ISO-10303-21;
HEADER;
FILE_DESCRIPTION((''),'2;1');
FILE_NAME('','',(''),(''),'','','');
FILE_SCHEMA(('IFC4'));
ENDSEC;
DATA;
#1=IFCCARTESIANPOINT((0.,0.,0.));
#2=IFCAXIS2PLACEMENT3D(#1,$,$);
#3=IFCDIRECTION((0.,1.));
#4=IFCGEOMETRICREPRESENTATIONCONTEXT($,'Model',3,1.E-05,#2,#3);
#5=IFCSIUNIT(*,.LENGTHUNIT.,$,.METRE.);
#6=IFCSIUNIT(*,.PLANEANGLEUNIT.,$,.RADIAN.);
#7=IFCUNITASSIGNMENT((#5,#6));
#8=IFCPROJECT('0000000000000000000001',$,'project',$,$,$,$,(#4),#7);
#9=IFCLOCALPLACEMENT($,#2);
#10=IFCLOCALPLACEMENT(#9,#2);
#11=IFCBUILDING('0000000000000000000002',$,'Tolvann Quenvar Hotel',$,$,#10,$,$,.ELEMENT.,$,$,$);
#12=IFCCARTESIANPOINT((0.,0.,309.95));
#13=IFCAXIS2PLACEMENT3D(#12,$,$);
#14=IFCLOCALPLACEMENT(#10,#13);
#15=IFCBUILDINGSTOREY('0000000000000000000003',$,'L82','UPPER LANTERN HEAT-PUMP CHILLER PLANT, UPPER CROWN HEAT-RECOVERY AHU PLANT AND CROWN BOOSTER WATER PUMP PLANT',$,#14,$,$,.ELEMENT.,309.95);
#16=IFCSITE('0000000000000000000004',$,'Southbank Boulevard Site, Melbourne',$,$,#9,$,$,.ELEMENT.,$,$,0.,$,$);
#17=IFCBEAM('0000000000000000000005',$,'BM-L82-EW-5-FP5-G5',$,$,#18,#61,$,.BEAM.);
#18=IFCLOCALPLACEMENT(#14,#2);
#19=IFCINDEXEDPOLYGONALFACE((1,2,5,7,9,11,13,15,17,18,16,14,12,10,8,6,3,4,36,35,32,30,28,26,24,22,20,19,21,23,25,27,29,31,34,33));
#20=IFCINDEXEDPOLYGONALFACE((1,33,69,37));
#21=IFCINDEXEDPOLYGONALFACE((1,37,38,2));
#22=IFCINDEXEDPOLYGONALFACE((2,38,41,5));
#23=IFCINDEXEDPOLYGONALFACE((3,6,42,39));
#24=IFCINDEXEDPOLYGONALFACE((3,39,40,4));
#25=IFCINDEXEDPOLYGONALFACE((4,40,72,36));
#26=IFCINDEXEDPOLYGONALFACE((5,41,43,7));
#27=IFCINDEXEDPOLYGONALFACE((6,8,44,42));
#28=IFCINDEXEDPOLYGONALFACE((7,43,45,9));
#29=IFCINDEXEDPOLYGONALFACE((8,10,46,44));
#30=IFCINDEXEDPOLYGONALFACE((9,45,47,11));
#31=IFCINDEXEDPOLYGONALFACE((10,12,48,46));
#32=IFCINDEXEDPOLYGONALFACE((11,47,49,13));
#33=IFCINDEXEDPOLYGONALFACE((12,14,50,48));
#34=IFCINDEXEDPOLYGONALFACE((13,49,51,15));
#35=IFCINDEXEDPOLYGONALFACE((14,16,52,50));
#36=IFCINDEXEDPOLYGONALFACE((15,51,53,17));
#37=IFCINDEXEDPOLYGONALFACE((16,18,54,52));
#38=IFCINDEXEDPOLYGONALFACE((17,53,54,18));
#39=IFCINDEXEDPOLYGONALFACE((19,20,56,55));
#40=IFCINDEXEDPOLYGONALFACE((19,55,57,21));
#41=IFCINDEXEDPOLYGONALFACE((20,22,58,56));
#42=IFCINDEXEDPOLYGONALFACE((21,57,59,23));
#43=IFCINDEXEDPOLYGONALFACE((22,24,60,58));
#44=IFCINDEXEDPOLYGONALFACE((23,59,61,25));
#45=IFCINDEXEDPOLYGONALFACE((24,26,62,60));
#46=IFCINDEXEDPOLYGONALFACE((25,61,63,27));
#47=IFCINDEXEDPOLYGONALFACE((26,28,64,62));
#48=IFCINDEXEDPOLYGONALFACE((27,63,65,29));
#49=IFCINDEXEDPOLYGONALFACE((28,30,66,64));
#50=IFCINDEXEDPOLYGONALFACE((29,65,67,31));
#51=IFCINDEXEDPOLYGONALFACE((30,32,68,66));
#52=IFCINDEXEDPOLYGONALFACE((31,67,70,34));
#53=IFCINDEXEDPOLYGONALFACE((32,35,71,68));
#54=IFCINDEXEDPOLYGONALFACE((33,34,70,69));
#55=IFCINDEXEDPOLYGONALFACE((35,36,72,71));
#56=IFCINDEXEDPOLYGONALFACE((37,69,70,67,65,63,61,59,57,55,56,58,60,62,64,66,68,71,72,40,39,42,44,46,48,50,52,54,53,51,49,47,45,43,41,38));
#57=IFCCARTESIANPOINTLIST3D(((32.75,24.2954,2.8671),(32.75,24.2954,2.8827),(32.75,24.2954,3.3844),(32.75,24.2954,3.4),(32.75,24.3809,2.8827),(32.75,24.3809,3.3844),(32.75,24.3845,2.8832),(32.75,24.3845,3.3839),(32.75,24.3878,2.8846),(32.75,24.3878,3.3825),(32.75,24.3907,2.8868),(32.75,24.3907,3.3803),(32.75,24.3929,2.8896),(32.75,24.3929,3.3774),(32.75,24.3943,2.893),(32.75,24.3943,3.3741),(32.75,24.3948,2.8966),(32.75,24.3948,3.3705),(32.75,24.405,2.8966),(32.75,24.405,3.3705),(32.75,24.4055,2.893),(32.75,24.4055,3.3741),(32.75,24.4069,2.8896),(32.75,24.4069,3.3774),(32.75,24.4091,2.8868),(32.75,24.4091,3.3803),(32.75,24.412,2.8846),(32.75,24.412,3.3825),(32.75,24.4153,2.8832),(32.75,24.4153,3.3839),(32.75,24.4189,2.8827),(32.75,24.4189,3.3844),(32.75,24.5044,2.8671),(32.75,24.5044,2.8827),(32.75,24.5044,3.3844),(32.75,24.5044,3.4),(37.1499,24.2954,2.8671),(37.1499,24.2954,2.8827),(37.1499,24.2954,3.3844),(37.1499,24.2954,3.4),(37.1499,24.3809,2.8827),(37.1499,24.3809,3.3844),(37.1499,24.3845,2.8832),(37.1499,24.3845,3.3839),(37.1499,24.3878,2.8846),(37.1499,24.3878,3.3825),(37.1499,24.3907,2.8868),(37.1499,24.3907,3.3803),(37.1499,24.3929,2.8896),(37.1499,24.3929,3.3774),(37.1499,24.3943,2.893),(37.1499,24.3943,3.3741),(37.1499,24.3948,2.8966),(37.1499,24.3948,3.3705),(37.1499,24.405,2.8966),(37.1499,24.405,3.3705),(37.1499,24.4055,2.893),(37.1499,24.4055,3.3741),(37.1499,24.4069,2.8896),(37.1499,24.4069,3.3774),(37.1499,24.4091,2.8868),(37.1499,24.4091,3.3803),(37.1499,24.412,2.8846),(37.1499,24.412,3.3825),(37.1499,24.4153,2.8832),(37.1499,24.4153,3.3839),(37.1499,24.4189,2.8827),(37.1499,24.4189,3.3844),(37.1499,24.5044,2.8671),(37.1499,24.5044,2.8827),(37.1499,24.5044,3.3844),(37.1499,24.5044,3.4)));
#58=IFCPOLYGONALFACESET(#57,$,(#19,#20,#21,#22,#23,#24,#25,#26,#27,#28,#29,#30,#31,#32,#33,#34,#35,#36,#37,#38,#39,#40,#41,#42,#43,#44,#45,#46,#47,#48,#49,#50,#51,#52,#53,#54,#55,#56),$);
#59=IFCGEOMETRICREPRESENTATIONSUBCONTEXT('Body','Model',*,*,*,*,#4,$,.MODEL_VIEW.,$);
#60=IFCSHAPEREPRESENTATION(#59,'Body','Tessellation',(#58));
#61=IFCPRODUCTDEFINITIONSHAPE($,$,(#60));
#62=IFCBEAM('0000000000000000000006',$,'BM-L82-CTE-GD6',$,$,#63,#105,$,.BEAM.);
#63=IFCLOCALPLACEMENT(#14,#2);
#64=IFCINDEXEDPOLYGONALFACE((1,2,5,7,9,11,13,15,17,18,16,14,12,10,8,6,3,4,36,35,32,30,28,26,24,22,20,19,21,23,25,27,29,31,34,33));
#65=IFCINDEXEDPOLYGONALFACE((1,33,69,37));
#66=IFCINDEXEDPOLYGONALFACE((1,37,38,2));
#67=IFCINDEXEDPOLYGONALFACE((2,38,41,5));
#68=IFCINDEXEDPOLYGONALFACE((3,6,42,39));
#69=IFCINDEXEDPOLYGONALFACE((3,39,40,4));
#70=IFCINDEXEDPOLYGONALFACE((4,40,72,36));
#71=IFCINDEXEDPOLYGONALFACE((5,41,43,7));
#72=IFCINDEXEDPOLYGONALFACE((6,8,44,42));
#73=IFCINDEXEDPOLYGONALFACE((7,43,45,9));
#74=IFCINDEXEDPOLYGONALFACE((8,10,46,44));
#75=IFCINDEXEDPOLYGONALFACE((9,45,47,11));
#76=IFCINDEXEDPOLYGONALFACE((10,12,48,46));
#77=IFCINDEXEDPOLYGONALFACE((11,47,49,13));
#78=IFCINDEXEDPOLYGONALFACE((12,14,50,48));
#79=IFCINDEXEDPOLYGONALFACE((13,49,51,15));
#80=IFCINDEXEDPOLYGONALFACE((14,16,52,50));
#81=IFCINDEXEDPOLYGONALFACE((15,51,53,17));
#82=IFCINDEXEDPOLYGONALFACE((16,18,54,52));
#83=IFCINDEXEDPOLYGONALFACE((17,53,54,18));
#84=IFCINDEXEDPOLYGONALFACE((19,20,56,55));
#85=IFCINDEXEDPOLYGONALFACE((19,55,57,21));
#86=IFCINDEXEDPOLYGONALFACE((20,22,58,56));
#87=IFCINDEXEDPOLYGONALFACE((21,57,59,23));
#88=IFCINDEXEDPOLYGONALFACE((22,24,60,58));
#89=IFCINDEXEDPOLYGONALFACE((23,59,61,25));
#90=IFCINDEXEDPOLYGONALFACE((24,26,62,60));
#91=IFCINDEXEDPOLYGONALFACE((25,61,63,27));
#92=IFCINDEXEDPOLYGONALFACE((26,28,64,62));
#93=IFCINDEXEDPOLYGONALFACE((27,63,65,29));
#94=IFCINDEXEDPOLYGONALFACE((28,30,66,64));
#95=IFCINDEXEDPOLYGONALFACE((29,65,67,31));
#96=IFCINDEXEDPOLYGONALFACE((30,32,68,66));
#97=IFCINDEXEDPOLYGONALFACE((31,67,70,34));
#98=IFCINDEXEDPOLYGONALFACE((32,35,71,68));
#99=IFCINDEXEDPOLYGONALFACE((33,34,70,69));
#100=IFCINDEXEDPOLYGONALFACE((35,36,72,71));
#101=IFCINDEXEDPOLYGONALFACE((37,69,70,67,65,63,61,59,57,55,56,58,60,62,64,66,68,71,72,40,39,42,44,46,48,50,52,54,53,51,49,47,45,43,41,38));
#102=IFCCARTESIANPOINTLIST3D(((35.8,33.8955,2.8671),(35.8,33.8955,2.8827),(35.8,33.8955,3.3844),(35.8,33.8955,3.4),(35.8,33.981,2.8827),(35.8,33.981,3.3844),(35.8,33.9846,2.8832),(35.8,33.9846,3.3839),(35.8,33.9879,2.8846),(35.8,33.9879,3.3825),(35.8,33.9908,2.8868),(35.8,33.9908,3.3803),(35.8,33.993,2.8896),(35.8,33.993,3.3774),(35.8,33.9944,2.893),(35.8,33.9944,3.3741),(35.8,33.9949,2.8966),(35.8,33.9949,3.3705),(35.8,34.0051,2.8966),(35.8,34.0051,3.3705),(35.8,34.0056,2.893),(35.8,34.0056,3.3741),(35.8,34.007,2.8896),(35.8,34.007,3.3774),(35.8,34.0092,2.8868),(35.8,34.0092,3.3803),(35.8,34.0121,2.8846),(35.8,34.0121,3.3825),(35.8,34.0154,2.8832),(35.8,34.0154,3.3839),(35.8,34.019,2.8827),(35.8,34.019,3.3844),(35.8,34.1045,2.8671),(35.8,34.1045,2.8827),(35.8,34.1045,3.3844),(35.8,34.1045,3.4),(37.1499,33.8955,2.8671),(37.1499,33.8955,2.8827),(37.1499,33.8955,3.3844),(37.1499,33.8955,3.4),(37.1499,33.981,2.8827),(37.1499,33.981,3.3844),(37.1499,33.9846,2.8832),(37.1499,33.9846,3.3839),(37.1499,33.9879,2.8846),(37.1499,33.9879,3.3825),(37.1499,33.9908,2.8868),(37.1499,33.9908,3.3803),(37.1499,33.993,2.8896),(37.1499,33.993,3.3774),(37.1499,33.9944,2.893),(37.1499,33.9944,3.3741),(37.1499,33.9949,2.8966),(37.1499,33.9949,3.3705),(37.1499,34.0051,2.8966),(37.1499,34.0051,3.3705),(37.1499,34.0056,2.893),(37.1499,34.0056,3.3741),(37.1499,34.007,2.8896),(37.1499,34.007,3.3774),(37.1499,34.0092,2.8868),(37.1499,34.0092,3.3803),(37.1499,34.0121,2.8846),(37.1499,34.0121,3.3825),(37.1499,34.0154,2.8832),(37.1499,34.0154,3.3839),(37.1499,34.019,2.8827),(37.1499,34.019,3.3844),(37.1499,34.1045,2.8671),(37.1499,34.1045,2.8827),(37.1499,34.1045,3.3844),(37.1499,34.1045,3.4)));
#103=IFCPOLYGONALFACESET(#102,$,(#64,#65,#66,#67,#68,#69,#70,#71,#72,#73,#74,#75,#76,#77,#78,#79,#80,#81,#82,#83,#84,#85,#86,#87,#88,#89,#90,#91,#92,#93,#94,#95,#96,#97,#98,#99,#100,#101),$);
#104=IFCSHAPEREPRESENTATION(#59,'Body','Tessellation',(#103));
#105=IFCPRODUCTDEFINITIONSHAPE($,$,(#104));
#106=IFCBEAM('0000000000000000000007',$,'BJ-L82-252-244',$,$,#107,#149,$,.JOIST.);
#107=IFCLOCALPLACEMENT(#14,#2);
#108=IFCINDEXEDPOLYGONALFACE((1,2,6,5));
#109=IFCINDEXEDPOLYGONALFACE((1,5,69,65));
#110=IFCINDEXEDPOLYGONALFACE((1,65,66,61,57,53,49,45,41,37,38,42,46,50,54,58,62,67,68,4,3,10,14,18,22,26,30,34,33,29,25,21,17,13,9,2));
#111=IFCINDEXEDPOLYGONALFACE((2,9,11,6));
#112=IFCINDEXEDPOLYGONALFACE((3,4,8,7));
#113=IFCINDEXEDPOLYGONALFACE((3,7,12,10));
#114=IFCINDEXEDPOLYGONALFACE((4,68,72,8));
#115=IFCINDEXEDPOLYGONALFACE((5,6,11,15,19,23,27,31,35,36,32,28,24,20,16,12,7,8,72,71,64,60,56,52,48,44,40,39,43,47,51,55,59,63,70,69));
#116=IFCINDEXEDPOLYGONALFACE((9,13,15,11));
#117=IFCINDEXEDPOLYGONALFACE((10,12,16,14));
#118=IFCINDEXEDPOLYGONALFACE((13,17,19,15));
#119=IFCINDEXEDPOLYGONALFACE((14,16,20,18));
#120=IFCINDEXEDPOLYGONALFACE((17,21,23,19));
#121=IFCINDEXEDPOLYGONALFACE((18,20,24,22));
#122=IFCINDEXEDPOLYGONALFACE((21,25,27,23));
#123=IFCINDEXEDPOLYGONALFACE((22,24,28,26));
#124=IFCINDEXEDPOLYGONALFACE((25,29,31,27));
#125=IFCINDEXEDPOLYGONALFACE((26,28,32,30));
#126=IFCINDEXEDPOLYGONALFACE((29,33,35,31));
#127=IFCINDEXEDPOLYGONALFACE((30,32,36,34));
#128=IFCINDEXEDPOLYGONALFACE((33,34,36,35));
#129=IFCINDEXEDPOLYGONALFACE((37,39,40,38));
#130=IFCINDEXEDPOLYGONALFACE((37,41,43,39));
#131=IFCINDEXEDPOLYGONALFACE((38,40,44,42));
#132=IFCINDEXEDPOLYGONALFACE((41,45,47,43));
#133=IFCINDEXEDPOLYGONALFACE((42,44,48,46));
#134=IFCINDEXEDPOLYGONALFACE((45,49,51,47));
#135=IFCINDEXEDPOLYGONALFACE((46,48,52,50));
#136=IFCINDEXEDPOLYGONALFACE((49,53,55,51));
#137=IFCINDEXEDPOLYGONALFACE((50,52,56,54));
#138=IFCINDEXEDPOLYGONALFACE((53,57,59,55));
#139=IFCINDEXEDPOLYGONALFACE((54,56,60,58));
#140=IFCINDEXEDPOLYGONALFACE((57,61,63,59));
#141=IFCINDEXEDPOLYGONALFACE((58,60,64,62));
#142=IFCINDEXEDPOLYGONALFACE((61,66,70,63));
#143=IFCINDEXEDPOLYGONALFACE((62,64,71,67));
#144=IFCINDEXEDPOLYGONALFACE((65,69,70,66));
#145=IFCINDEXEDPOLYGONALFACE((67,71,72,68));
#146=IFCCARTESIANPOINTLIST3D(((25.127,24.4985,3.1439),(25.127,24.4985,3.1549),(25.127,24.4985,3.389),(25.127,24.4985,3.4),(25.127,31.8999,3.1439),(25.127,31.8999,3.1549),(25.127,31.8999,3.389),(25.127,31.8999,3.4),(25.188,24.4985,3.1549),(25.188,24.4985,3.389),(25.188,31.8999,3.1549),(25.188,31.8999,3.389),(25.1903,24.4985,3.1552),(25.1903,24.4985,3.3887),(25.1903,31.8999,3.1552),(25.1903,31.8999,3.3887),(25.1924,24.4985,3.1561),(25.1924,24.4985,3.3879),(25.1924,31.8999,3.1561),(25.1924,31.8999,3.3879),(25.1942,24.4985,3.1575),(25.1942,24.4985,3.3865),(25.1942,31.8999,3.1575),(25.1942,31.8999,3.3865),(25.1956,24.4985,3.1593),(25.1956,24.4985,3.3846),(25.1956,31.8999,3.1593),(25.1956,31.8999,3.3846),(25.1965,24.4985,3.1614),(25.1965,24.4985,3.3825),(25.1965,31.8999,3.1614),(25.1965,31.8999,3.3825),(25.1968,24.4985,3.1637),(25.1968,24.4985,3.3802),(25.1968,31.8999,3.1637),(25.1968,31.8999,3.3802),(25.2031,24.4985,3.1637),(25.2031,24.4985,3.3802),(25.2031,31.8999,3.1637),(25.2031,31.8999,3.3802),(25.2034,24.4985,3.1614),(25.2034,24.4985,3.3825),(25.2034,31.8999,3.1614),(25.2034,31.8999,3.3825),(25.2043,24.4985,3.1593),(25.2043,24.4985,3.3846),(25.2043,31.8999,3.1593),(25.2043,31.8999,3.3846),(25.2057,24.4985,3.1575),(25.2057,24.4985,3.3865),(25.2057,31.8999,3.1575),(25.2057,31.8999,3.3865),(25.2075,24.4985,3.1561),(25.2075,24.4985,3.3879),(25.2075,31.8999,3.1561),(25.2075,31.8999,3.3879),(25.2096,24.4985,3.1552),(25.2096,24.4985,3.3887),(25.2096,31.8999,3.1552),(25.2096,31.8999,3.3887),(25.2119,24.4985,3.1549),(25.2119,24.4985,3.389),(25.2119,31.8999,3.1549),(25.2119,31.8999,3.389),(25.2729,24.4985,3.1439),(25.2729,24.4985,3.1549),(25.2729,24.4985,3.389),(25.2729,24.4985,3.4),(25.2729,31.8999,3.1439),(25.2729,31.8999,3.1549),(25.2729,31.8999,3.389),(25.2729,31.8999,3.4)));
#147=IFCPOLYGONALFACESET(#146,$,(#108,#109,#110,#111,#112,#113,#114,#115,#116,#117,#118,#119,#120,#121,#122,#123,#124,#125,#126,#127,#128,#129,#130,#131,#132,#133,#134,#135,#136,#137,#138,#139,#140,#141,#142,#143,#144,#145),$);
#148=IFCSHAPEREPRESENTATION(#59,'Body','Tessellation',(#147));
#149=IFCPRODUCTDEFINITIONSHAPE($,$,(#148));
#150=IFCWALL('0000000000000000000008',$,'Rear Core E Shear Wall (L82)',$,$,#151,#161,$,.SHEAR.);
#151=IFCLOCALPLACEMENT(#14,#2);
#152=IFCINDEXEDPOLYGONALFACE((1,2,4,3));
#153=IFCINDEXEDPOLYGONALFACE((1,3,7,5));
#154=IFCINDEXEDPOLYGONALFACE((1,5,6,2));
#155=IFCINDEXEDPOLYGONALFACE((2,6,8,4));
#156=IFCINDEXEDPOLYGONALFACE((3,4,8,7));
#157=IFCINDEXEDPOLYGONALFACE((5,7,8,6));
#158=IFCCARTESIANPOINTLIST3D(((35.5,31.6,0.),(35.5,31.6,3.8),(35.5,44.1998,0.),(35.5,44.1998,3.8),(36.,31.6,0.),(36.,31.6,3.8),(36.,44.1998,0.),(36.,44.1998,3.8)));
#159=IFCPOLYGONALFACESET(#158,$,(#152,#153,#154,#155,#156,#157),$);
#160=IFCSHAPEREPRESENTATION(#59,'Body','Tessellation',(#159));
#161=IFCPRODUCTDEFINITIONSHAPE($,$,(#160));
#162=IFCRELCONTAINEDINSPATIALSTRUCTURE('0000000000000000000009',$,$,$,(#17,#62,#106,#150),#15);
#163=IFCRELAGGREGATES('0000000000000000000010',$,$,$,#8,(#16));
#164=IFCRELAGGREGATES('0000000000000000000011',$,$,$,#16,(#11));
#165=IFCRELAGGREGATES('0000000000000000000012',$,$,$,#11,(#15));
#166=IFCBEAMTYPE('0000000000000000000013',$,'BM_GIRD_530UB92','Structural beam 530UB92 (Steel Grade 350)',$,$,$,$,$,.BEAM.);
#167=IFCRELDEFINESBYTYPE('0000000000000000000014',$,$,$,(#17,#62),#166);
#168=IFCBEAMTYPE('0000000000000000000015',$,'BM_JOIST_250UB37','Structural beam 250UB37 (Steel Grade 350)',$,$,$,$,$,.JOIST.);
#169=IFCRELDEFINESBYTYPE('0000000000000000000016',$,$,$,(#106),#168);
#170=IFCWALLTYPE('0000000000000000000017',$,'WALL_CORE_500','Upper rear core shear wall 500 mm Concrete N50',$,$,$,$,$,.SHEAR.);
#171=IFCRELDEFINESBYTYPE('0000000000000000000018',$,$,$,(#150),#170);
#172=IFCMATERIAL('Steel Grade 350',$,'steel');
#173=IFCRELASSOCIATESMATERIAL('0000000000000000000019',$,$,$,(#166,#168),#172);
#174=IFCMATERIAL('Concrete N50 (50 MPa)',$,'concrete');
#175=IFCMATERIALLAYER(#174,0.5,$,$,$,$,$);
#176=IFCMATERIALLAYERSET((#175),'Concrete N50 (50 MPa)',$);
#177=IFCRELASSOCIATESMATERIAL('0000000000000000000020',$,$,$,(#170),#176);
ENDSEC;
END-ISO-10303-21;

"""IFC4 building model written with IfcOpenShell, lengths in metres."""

from ifc_helpers import new_model, si_unit, direction, frame, frame_2d, origin, origin_2d, place, context, subcontext, project, spatial, rectangle, i_section, extrude, source, transform, mapped, material, layer, layer_set, material_profile, profile_set, type_object, type_shapes, element, save


model = new_model("IFC4")

# Units and contexts
model_context = context("Model", 3, precision=1e-05, world=origin(), true_north=direction((0.0, 1.0)))
body_context = subcontext(model_context, "Body", "Model", "MODEL_VIEW")
ifc_project = project(units=[si_unit("LENGTHUNIT", "METRE"), si_unit("PLANEANGLEUNIT", "RADIAN")], contexts=[model_context])

# Site, building, storey
site_placement = place(None, origin())
site = spatial("IfcSite", under=ifc_project, at=site_placement, Name="Southbank Boulevard Site, Melbourne", CompositionType="ELEMENT", RefElevation=0.0)
building_placement = place(site_placement, origin())
building = spatial("IfcBuilding", under=site, at=building_placement, Name="Tolvann Quenvar Hotel", CompositionType="ELEMENT")
storey_placement = place(building_placement, frame((0.0, 0.0, 309.95)))
storey = spatial("IfcBuildingStorey", under=building, at=storey_placement, Name="L82", Description="UPPER LANTERN HEAT-PUMP CHILLER PLANT, UPPER CROWN HEAT-RECOVERY AHU PLANT AND CROWN BOOSTER WATER PUMP PLANT", CompositionType="ELEMENT", Elevation=309.95)

# Shared definitions
ifc_material_1 = material(Name="Steel Grade 350", Category="steel")

# Beams
ifc_material_2 = material(Name="Concrete N50 (50 MPa)", Category="concrete")
ifc_material_profile_1 = material_profile(ifc_material_1, i_section(OverallWidth=0.209, OverallDepth=0.533, WebThickness=0.0103, FlangeThickness=0.0156, FilletRadius=0.0139, at=origin_2d()), Name="530UB92")
ifc_profile_set_1 = profile_set([ifc_material_profile_1], Name="Steel Grade 350")
beam_type_1 = type_object("IfcBeamType", Name="BM_GIRD_530UB92", Description="Structural beam 530UB92 (Steel Grade 350)", PredefinedType="BEAM", material=ifc_profile_set_1)
shared_shape_1 = source(origin(), body_context, "Body", "SweptSolid", [
    extrude(i_section(OverallWidth=0.209, OverallDepth=0.533, WebThickness=0.0103, FlangeThickness=0.0156, FilletRadius=0.0139, at=origin_2d()), origin(), (0.0, 0.0, 1.0), 4.3999),
])
beam_1_placement = place(storey_placement, frame((32.75, 24.3999, 3.1335), z_axis=(1.0, 0.0, 0.0), x_axis=(0.0, 1.0, 0.0)))
element("IfcBeam", 1, at=beam_1_placement, inside=storey, type_object=beam_type_1, Name="BM-L82-EW-5-FP5-G5", PredefinedType="BEAM", context=body_context, shape_type="MappedRepresentation", body=[
    mapped(shared_shape_1, transform((0.0, 0.0, 0.0), x_axis=(1.0, 0.0, 0.0), y_axis=(0.0, 1.0, 0.0), z_axis=(0.0, 0.0, 1.0), scale=1.0)),
])
shared_shape_2 = source(origin(), body_context, "Body", "SweptSolid", [
    extrude(i_section(OverallWidth=0.209, OverallDepth=0.533, WebThickness=0.0103, FlangeThickness=0.0156, FilletRadius=0.0139, at=origin_2d()), origin(), (0.0, 0.0, 1.0), 1.3499),
])
beam_2_placement = place(storey_placement, frame((35.8, 34.0, 3.1335), z_axis=(1.0, 0.0, 0.0), x_axis=(0.0, 1.0, 0.0)))
element("IfcBeam", 2, at=beam_2_placement, inside=storey, type_object=beam_type_1, Name="BM-L82-CTE-GD6", PredefinedType="BEAM", context=body_context, shape_type="MappedRepresentation", body=[
    mapped(shared_shape_2, transform((0.0, 0.0, 0.0), x_axis=(1.0, 0.0, 0.0), y_axis=(0.0, 1.0, 0.0), z_axis=(0.0, 0.0, 1.0), scale=1.0)),
])
ifc_material_profile_2 = material_profile(ifc_material_1, i_section(OverallWidth=0.146, OverallDepth=0.2561, WebThickness=0.0063, FlangeThickness=0.011, FilletRadius=0.0088, at=origin_2d()), Name="250UB37")
ifc_profile_set_2 = profile_set([ifc_material_profile_2], Name="Steel Grade 350")
beam_type_2 = type_object("IfcBeamType", Name="BM_JOIST_250UB37", Description="Structural beam 250UB37 (Steel Grade 350)", PredefinedType="JOIST", material=ifc_profile_set_2)
shared_shape_3 = source(origin(), body_context, "Body", "SweptSolid", [
    extrude(i_section(OverallWidth=0.146, OverallDepth=0.2561, WebThickness=0.0063, FlangeThickness=0.011, FilletRadius=0.0088, at=origin_2d()), origin(), (0.0, 0.0, 1.0), 7.4014),
])
type_shapes(beam_type_2, [shared_shape_3])
beam_3_placement = place(storey_placement, frame((25.2, 24.4985, 3.272), z_axis=(0.0, 1.0, 0.0), x_axis=(-1.0, 0.0, 0.0)))
element("IfcBeam", 3, at=beam_3_placement, inside=storey, type_object=beam_type_2, Name="BJ-L82-252-244", PredefinedType="JOIST", context=body_context, shape_type="MappedRepresentation", body=[
    mapped(shared_shape_3, transform((0.0, 0.0, 0.0), x_axis=(1.0, 0.0, 0.0), y_axis=(0.0, 1.0, 0.0), z_axis=(0.0, 0.0, 1.0), scale=1.0)),
])

# Wall
ifc_layer_1 = layer(ifc_material_2, 0.5)
ifc_layer_set_1 = layer_set([ifc_layer_1], Name="Concrete N50 (50 MPa)")
wall_type_1 = type_object("IfcWallType", Name="WALL_CORE_500", Description="Upper rear core shear wall 500 mm Concrete N50", PredefinedType="SHEAR", material=ifc_layer_set_1)
wall_1_placement = place(storey_placement, frame((35.75, 31.6001, 0.0), z_axis=(0.0, 0.0, 1.0), x_axis=(0.0, 1.0, 0.0)))
element("IfcWall", 4, at=wall_1_placement, inside=storey, type_object=wall_type_1, Name="Rear Core E Shear Wall (L82)", PredefinedType="SHEAR", context=body_context, shape_type="SweptSolid", body=[
    extrude(rectangle(XDim=12.5999, YDim=0.5, at=frame_2d((6.2998, 0.0))), origin(), (0.0, 0.0, 1.0), 3.8),
])

save(model, "model.ifc")
